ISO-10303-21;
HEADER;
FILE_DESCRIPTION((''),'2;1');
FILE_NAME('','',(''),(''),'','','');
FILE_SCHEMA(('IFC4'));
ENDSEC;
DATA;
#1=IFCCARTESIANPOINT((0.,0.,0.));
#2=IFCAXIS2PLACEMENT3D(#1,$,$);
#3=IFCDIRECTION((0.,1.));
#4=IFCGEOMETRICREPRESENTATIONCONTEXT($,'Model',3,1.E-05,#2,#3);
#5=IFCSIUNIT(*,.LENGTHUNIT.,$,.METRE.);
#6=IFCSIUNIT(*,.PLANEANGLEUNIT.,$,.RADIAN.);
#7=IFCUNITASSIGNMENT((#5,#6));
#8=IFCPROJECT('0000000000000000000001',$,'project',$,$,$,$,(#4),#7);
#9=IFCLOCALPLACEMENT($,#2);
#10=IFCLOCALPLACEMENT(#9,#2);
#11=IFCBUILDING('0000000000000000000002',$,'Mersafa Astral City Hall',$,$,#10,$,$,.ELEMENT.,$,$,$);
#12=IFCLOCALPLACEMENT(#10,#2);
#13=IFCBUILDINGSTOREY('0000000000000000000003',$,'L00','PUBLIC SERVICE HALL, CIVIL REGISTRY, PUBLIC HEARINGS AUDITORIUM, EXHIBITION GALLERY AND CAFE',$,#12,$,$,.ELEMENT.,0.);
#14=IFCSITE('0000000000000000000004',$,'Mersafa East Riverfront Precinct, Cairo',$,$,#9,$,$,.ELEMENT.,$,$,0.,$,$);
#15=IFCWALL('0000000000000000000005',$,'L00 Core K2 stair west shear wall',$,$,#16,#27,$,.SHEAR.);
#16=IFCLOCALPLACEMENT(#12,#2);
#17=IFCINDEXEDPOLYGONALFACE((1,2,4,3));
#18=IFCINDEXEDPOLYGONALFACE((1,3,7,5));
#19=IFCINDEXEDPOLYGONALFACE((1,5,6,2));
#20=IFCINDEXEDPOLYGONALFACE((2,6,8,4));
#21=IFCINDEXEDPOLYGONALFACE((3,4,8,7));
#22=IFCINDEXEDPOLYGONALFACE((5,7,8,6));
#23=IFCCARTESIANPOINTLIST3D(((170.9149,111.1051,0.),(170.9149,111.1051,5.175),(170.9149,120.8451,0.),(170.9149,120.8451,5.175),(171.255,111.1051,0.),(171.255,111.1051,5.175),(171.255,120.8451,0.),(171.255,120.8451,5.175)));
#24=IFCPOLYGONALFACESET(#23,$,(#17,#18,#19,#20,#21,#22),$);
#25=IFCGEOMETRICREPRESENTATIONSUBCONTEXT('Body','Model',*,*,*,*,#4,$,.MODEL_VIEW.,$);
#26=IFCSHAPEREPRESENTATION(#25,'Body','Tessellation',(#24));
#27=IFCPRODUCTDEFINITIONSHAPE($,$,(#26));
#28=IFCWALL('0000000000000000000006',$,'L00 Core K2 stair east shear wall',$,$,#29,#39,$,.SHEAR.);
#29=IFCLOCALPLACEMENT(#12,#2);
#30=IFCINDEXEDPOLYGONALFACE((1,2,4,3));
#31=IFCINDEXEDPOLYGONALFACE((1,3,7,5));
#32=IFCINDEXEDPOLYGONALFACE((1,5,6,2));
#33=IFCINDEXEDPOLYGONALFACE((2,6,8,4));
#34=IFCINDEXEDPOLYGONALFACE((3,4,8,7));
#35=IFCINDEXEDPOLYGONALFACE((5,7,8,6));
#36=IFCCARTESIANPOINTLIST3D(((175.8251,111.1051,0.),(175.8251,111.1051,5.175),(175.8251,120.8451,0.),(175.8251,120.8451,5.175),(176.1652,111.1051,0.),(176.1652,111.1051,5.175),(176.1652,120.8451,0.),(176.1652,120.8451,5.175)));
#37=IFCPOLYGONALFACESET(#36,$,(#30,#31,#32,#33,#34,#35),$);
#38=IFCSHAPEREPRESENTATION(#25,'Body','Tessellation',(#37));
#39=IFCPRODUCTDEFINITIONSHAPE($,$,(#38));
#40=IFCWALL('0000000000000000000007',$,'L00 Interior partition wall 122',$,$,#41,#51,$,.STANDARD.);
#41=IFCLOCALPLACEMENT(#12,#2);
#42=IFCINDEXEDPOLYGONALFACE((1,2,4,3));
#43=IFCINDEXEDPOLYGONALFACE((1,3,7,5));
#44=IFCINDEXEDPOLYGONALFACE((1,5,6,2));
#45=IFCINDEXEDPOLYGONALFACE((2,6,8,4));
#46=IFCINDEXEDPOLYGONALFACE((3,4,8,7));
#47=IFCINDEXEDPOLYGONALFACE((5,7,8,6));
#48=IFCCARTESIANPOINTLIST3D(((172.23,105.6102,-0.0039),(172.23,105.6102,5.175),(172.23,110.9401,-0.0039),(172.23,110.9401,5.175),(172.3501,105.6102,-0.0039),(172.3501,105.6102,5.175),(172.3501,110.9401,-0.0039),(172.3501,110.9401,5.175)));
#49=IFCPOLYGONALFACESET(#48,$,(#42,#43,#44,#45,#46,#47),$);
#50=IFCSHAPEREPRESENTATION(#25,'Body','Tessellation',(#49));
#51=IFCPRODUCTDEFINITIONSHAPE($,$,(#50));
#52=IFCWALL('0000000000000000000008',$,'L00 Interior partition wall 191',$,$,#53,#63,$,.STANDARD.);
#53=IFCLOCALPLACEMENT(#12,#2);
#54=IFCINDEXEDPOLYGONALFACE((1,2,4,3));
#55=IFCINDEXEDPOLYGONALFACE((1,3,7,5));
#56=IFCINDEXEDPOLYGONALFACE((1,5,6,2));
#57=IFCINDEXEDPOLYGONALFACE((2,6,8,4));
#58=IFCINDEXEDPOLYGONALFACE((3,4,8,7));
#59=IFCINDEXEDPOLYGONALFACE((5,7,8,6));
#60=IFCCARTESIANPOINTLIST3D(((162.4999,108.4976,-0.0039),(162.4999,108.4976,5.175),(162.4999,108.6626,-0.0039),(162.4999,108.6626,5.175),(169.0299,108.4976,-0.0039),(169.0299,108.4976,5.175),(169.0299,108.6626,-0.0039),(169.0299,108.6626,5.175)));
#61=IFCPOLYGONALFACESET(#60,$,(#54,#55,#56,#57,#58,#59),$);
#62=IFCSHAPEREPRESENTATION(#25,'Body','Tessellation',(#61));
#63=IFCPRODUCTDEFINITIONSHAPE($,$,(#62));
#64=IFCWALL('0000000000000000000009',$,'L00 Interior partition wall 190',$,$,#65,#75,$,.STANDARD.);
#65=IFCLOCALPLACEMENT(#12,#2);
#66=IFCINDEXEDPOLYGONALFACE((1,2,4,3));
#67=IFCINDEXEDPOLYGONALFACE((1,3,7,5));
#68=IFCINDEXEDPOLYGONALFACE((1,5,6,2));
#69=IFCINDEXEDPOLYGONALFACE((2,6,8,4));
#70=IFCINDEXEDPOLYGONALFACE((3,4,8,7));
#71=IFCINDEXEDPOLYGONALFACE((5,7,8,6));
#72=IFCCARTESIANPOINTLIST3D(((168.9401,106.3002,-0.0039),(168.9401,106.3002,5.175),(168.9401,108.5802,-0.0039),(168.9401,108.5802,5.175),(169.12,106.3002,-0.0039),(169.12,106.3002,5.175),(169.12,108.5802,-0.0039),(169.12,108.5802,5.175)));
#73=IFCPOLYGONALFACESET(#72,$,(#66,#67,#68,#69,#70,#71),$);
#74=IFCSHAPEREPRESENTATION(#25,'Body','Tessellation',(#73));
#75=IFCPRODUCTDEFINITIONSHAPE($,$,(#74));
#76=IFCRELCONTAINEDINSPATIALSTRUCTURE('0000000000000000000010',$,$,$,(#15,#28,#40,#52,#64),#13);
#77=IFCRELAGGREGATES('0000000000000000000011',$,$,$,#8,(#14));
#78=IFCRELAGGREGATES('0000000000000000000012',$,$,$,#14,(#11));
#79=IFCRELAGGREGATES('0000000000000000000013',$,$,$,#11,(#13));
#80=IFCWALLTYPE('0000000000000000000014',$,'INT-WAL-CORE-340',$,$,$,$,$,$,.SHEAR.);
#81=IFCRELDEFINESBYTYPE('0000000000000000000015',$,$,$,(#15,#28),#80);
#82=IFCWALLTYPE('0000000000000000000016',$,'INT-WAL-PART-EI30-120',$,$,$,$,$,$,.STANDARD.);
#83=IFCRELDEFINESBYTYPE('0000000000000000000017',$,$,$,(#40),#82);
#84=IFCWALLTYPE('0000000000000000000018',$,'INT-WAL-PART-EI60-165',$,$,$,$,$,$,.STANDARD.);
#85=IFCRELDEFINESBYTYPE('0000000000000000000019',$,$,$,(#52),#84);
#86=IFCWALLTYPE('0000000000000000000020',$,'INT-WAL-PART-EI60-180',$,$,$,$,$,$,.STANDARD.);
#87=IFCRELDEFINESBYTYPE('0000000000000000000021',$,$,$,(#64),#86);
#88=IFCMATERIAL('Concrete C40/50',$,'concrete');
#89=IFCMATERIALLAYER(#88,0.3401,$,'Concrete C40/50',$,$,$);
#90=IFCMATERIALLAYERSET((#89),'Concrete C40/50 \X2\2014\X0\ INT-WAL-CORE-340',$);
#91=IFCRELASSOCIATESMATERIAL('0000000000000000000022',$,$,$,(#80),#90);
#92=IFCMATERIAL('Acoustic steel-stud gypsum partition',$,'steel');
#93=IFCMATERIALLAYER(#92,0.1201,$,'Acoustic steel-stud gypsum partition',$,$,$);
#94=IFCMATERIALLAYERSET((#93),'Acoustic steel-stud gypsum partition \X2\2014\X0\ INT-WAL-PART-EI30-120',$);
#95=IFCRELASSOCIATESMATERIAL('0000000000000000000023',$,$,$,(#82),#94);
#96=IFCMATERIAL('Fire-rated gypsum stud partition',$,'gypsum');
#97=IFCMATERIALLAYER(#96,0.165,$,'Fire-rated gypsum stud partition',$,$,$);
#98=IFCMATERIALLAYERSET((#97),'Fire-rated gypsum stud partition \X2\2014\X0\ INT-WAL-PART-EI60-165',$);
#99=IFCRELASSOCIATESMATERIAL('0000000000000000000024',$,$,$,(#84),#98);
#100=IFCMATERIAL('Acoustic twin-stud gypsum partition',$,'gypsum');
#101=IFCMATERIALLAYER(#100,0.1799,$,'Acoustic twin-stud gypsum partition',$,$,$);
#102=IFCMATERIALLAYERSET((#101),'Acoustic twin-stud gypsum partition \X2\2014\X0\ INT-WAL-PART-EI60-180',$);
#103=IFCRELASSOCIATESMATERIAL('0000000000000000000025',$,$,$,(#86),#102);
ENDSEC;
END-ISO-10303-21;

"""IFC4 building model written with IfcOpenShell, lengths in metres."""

from ifc_helpers import new_model, si_unit, direction, frame, frame_2d, origin, place, context, subcontext, project, spatial, rectangle, extrude, material, layer, layer_set, type_object, element, save


model = new_model("IFC4")

# Units and contexts
model_context = context("Model", 3, precision=1e-05, world=origin(), true_north=direction((0.0, 1.0)))
body_context = subcontext(model_context, "Body", "Model", "MODEL_VIEW")
ifc_project = project(units=[si_unit("LENGTHUNIT", "METRE"), si_unit("PLANEANGLEUNIT", "RADIAN")], contexts=[model_context])

# Site, building, storey
site_placement = place(None, origin())
site = spatial("IfcSite", under=ifc_project, at=site_placement, Name="Mersafa East Riverfront Precinct, Cairo", CompositionType="ELEMENT", RefElevation=0.0)
building_placement = place(site_placement, origin())
building = spatial("IfcBuilding", under=site, at=building_placement, Name="Mersafa Astral City Hall", CompositionType="ELEMENT")
storey_placement = place(building_placement, origin())
storey = spatial("IfcBuildingStorey", under=building, at=storey_placement, Name="L00", Description="PUBLIC SERVICE HALL, CIVIL REGISTRY, PUBLIC HEARINGS AUDITORIUM, EXHIBITION GALLERY AND CAFE", CompositionType="ELEMENT", Elevation=0.0)

# Walls
ifc_material_1 = material(Name="Concrete C40/50", Category="concrete")
ifc_layer_1 = layer(ifc_material_1, 0.3401, Name="Concrete C40/50")
ifc_layer_set_1 = layer_set([ifc_layer_1], Name="Concrete C40/50 — INT-WAL-CORE-340")
wall_type_1 = type_object("IfcWallType", Name="INT-WAL-CORE-340", PredefinedType="SHEAR", material=ifc_layer_set_1)
for number, where, z_axis, x_axis, name in (
    (1, (171.085, 111.105, 0.0), (0.0, 0.0, 1.0), (0.0, 1.0, 0.0), "L00 Core K2 stair west shear wall"),
    (2, (175.9951, 111.105, 0.0), (0.0, 0.0, 1.0), (0.0, 1.0, 0.0), "L00 Core K2 stair east shear wall"),
):
    element("IfcWall", number, at=place(storey_placement, frame(where, z_axis=z_axis, x_axis=x_axis)), inside=storey, type_object=wall_type_1, Name=name, PredefinedType="SHEAR", context=body_context, shape_type="SweptSolid", body=[
        extrude(rectangle(XDim=9.74, YDim=0.3401, at=frame_2d((4.8701, 0.0))), origin(), (0.0, 0.0, 1.0), 5.175),
    ])
ifc_material_2 = material(Name="Acoustic steel-stud gypsum partition", Category="steel")
ifc_layer_2 = layer(ifc_material_2, 0.1201, Name="Acoustic steel-stud gypsum partition")
ifc_layer_set_2 = layer_set([ifc_layer_2], Name="Acoustic steel-stud gypsum partition — INT-WAL-PART-EI30-120")
wall_type_2 = type_object("IfcWallType", Name="INT-WAL-PART-EI30-120", PredefinedType="STANDARD", material=ifc_layer_set_2)
wall_1_placement = place(storey_placement, frame((172.29, 105.6101, -0.0039), z_axis=(0.0, 0.0, 1.0), x_axis=(0.0, 1.0, 0.0)))
element("IfcWall", 3, at=wall_1_placement, inside=storey, type_object=wall_type_2, Name="L00 Interior partition wall 122", PredefinedType="STANDARD", context=body_context, shape_type="SweptSolid", body=[
    extrude(rectangle(XDim=5.3298, YDim=0.1201, at=frame_2d((2.665, 0.0))), origin(), (0.0, 0.0, 1.0), 5.179),
])
ifc_material_3 = material(Name="Fire-rated gypsum stud partition", Category="gypsum")
ifc_layer_3 = layer(ifc_material_3, 0.165, Name="Fire-rated gypsum stud partition")
ifc_layer_set_3 = layer_set([ifc_layer_3], Name="Fire-rated gypsum stud partition — INT-WAL-PART-EI60-165")
wall_type_3 = type_object("IfcWallType", Name="INT-WAL-PART-EI60-165", PredefinedType="STANDARD", material=ifc_layer_set_3)
wall_2_placement = place(storey_placement, frame((169.03, 108.5801, -0.0039), z_axis=(0.0, 0.0, 1.0), x_axis=(-1.0, 0.0, 0.0)))
element("IfcWall", 4, at=wall_2_placement, inside=storey, type_object=wall_type_3, Name="L00 Interior partition wall 191", PredefinedType="STANDARD", context=body_context, shape_type="SweptSolid", body=[
    extrude(rectangle(XDim=6.53, YDim=0.165, at=frame_2d((3.2651, 0.0))), origin(), (0.0, 0.0, 1.0), 5.179),
])
ifc_material_4 = material(Name="Acoustic twin-stud gypsum partition", Category="gypsum")
ifc_layer_4 = layer(ifc_material_4, 0.1799, Name="Acoustic twin-stud gypsum partition")
ifc_layer_set_4 = layer_set([ifc_layer_4], Name="Acoustic twin-stud gypsum partition — INT-WAL-PART-EI60-180")
wall_type_4 = type_object("IfcWallType", Name="INT-WAL-PART-EI60-180", PredefinedType="STANDARD", material=ifc_layer_set_4)
wall_3_placement = place(storey_placement, frame((169.03, 106.3, -0.0039), z_axis=(0.0, 0.0, 1.0), x_axis=(0.0, 1.0, 0.0)))
element("IfcWall", 5, at=wall_3_placement, inside=storey, type_object=wall_type_4, Name="L00 Interior partition wall 190", PredefinedType="STANDARD", context=body_context, shape_type="SweptSolid", body=[
    extrude(rectangle(XDim=2.28, YDim=0.1799, at=frame_2d((1.1401, 0.0))), origin(), (0.0, 0.0, 1.0), 5.179),
])

save(model, "model.ifc")
